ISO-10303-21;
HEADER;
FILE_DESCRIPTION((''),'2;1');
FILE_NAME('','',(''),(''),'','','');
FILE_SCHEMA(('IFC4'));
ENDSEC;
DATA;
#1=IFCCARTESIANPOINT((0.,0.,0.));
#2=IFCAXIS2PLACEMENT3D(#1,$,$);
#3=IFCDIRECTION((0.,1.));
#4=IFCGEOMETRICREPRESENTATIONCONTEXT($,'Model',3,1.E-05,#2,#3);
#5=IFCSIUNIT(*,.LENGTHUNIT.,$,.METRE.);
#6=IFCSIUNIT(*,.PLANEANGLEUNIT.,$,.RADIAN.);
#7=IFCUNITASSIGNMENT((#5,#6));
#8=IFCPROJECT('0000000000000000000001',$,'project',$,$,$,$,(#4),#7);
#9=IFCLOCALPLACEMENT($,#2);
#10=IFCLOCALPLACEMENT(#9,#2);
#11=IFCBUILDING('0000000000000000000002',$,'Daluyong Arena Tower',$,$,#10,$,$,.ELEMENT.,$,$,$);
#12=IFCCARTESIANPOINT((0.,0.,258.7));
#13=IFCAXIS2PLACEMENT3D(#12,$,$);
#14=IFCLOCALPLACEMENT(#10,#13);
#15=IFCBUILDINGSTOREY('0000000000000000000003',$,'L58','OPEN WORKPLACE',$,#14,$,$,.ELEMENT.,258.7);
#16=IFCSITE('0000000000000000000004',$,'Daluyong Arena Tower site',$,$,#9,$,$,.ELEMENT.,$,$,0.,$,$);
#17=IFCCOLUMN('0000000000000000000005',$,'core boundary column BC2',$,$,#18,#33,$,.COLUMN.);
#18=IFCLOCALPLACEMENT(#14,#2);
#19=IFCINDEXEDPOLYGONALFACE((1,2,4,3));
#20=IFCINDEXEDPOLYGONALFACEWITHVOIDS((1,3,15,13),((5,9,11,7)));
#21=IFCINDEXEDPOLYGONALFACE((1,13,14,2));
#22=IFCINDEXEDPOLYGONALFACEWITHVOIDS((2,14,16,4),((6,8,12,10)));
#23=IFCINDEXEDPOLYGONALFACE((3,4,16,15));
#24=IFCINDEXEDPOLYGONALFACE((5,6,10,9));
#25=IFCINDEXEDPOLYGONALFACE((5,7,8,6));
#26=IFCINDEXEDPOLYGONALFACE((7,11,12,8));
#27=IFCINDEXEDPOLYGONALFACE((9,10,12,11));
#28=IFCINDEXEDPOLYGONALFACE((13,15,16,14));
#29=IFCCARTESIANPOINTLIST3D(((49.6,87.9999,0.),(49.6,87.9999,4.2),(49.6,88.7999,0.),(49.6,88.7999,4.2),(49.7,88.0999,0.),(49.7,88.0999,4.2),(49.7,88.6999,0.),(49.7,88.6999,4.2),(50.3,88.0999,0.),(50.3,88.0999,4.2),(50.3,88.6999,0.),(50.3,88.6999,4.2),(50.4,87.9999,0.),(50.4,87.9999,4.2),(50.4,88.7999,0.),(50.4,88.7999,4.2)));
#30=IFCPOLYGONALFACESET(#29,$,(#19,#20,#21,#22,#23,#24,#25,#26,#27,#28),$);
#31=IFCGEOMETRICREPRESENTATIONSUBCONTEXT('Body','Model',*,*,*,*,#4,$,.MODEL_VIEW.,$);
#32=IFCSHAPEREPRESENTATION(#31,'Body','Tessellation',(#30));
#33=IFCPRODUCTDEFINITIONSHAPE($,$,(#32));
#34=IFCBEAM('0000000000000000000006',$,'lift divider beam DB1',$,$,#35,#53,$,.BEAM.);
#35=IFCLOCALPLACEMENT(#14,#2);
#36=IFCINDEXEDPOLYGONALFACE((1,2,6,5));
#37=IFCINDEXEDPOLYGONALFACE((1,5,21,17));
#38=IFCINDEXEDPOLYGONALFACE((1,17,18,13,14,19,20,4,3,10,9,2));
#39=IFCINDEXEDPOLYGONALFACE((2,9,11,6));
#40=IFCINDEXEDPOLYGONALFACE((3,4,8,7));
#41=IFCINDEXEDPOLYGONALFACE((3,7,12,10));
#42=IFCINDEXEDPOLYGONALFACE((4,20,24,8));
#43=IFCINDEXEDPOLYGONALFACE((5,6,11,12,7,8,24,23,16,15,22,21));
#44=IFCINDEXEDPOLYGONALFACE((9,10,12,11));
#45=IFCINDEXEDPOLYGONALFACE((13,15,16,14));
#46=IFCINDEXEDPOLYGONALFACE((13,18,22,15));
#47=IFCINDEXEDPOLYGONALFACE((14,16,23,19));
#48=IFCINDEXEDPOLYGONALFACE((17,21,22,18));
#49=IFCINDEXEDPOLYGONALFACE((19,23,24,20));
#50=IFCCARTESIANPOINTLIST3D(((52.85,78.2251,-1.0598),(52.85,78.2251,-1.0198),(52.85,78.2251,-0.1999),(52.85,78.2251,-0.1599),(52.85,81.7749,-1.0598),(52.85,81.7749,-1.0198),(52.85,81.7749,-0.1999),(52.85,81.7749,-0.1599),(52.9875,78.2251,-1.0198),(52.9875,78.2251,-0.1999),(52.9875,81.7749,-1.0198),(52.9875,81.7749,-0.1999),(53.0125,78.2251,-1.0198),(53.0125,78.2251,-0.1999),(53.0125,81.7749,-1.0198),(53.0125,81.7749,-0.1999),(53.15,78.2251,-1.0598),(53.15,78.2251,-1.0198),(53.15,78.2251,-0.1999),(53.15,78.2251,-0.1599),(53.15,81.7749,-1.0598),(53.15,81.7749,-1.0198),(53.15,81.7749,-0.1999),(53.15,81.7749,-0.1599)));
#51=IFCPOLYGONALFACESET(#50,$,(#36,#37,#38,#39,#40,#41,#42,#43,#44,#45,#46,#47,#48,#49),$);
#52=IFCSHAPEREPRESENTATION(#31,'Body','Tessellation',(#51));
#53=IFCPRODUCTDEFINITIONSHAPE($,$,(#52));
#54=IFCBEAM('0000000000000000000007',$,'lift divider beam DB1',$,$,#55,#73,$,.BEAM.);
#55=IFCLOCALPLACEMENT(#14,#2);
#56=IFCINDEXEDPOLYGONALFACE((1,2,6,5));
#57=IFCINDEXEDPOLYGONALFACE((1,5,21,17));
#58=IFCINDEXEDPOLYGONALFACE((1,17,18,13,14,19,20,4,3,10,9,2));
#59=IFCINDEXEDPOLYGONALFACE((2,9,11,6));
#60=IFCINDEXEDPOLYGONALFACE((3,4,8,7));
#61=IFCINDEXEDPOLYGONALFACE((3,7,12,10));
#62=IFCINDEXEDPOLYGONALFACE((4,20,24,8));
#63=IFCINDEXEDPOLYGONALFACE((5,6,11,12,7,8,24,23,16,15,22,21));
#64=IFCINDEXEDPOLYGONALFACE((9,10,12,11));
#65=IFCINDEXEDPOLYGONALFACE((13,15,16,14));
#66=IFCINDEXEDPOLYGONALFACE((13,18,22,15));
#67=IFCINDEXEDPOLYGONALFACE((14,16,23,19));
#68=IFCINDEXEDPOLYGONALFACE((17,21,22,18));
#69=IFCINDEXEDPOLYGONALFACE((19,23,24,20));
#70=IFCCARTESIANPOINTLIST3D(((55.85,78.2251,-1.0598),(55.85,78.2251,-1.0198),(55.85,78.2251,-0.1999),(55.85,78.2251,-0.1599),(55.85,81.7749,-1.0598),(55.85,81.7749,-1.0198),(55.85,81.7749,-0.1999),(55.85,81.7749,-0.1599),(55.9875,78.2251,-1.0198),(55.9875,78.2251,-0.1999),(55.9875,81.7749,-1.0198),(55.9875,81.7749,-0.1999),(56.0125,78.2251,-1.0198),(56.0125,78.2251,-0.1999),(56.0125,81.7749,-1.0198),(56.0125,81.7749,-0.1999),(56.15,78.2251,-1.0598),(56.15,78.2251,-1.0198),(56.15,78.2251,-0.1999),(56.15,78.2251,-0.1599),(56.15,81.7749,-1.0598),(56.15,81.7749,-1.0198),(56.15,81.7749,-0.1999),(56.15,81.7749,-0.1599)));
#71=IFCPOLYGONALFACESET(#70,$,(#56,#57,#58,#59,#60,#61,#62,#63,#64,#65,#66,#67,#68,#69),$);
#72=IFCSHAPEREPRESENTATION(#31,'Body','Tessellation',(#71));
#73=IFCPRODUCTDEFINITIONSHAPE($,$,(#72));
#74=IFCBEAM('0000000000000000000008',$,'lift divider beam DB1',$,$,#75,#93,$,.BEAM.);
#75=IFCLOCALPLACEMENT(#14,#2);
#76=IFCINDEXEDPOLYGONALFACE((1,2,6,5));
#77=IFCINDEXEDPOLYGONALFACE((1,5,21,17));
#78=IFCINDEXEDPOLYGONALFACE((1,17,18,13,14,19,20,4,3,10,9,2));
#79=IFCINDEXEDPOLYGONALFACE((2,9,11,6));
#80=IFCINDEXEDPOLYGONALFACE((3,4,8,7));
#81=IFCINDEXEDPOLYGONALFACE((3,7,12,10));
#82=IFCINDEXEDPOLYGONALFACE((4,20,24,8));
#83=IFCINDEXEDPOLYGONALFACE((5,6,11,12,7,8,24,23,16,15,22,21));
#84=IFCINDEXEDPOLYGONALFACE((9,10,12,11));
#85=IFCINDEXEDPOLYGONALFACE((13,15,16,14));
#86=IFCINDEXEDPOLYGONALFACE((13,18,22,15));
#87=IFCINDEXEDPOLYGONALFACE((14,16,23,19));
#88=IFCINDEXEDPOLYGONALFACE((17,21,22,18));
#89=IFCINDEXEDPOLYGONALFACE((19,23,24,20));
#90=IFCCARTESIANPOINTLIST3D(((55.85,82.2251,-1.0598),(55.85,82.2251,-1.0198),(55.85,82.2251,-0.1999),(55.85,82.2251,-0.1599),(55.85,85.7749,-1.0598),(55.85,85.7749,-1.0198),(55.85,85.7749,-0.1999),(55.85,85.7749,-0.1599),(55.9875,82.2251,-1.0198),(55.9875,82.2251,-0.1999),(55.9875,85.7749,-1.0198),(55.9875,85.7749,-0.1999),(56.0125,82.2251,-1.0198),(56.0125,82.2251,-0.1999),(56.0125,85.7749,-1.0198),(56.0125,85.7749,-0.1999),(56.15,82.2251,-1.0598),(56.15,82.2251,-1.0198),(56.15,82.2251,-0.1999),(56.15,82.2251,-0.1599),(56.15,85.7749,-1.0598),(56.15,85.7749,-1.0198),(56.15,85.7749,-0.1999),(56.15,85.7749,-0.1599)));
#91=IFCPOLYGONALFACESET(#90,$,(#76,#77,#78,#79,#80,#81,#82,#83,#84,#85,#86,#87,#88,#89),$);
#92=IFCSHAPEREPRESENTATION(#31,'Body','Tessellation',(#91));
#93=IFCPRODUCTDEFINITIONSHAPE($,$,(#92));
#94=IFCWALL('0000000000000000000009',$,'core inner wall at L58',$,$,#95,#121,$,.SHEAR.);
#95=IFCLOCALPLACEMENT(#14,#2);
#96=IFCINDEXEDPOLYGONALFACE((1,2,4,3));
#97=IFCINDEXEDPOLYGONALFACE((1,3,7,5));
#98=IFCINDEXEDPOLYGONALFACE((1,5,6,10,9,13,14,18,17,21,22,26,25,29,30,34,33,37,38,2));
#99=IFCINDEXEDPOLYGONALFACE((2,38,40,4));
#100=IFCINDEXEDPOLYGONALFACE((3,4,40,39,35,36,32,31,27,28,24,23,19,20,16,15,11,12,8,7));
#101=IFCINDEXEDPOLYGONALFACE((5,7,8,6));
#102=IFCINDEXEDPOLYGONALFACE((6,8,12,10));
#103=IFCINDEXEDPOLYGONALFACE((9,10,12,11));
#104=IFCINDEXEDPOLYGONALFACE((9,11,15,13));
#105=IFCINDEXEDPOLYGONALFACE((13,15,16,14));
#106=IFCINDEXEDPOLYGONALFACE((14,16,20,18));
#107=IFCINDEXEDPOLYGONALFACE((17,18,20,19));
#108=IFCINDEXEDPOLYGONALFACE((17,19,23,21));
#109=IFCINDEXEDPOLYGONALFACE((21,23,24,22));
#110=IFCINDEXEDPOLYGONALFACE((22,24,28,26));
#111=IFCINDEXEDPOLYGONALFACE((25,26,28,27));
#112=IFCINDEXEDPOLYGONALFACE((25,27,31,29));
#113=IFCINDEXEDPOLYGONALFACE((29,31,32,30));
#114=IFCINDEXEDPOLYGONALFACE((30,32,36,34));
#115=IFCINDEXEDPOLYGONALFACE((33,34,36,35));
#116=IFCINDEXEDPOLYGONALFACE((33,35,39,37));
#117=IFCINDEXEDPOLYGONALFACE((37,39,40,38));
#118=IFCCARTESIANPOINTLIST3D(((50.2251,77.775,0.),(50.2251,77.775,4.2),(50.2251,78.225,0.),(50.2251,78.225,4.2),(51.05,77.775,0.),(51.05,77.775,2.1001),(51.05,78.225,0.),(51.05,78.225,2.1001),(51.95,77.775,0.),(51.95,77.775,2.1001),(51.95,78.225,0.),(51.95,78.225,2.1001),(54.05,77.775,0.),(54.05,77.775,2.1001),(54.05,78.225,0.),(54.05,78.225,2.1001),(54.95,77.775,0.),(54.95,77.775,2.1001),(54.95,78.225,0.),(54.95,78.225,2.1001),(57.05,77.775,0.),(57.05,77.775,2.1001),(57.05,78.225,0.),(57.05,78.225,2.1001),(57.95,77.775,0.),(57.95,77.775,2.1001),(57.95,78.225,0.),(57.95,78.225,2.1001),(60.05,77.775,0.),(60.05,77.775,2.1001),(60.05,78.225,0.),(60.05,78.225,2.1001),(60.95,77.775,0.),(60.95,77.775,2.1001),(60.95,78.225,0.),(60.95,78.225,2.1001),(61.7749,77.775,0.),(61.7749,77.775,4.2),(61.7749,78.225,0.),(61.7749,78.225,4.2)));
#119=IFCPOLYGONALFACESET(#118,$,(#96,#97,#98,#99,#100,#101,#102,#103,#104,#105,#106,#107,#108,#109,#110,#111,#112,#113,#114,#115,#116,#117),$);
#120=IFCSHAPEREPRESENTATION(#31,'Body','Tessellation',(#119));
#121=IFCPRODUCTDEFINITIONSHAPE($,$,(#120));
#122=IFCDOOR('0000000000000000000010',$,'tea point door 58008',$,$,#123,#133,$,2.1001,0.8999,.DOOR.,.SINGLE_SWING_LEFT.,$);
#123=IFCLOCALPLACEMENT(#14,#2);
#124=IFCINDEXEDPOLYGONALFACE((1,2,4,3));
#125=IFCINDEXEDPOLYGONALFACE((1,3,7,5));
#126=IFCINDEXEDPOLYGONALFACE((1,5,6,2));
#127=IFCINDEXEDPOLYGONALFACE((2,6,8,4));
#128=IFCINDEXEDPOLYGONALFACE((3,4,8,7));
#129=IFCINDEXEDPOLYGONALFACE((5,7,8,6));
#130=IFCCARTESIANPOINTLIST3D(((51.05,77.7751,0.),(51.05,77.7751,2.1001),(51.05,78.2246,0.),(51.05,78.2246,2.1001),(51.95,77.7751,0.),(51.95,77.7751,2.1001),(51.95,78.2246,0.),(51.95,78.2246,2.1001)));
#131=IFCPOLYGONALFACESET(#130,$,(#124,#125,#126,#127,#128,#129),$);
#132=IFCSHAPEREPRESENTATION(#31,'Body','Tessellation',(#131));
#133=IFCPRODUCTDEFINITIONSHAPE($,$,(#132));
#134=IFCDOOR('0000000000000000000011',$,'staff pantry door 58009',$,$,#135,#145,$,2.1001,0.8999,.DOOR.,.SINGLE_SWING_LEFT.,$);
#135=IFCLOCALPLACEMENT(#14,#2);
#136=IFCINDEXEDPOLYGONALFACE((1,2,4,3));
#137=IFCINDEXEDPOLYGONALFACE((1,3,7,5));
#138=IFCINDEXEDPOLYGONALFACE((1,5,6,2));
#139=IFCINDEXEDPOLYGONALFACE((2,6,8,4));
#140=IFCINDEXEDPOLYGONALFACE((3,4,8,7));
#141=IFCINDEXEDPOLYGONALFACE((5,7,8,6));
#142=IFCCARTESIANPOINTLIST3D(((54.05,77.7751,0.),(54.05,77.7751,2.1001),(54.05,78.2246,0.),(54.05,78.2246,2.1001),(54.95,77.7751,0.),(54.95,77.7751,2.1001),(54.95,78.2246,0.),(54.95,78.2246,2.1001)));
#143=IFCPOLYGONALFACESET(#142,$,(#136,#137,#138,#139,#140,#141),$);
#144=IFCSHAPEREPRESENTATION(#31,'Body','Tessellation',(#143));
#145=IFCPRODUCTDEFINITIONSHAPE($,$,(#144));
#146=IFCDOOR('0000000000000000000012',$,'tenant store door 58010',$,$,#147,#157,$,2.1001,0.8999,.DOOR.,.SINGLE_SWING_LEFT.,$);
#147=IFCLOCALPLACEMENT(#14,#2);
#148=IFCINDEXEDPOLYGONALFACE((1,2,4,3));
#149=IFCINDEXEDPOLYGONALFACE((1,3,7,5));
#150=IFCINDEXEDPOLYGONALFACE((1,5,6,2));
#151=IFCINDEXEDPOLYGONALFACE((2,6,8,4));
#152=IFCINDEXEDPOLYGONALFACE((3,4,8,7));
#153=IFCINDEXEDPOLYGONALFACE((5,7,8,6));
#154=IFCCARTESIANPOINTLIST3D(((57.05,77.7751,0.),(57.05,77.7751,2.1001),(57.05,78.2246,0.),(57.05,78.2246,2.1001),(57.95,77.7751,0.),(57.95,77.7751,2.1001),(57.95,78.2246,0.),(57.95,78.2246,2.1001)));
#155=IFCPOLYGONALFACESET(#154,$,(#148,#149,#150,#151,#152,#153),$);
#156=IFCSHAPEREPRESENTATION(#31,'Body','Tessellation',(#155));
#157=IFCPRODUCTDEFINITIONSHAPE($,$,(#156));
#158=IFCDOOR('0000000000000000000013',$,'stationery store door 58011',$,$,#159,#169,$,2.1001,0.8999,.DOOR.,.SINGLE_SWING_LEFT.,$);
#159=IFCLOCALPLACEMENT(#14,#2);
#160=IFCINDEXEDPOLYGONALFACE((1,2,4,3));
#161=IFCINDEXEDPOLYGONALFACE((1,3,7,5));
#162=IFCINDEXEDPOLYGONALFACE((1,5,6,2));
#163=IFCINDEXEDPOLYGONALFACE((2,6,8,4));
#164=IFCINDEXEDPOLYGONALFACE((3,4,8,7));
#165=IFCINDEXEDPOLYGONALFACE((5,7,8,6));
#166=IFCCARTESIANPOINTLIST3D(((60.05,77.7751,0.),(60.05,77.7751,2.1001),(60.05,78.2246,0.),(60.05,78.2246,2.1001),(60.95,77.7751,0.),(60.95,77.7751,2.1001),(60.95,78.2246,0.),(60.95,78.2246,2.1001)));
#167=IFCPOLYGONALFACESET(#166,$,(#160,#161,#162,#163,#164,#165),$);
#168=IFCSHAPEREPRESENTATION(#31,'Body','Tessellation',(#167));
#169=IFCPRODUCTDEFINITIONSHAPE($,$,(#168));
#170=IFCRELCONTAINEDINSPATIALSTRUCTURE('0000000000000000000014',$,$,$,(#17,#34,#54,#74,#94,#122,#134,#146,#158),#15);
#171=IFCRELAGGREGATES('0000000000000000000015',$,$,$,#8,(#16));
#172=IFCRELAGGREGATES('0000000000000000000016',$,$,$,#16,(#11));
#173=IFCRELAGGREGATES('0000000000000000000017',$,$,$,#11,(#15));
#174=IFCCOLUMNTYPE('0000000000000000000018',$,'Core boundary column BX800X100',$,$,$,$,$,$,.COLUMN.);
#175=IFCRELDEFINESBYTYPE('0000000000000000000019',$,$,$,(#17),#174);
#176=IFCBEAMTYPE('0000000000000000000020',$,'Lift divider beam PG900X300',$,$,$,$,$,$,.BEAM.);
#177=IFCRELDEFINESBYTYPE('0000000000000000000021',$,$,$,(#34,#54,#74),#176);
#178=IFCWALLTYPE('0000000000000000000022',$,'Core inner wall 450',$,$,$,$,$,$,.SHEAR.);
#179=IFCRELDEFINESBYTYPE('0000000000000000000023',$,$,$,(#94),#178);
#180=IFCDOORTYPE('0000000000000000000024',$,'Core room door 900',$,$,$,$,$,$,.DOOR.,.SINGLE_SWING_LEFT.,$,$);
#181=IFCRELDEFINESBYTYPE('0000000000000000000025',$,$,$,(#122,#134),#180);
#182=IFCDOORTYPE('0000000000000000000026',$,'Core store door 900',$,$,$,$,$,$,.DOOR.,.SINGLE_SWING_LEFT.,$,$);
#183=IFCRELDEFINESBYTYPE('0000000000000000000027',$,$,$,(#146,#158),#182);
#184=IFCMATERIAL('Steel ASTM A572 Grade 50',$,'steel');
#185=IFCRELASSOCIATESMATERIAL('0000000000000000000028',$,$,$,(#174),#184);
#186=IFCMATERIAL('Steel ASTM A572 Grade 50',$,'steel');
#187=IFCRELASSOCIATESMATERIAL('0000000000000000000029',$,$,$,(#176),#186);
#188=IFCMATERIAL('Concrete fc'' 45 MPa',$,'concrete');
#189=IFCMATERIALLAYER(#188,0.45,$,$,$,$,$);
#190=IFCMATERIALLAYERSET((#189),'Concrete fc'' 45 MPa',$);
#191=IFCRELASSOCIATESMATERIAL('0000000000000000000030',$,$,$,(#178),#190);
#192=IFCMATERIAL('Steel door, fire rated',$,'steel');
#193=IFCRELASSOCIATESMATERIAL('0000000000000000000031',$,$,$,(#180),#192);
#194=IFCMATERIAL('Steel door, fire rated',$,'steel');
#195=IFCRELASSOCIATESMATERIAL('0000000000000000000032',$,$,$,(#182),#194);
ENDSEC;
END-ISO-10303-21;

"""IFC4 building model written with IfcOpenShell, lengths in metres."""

from ifc_helpers import new_model, si_unit, direction, frame, frame_2d, origin, origin_2d, place, context, subcontext, project, spatial, rectangle, hollow_rectangle, i_section, extrude, material, layer, layer_set, material_profile, profile_set, type_object, element, fill, save


model = new_model("IFC4")

# Units and contexts
model_context = context("Model", 3, precision=1e-05, world=origin(), true_north=direction((0.0, 1.0)))
body_context = subcontext(model_context, "Body", "Model", "MODEL_VIEW")
ifc_project = project(units=[si_unit("LENGTHUNIT", "METRE"), si_unit("PLANEANGLEUNIT", "RADIAN")], contexts=[model_context])

# Site, building, storey
site_placement = place(None, origin())
site = spatial("IfcSite", under=ifc_project, at=site_placement, Name="Daluyong Arena Tower site", CompositionType="ELEMENT", RefElevation=0.0)
building_placement = place(site_placement, origin())
building = spatial("IfcBuilding", under=site, at=building_placement, Name="Daluyong Arena Tower", CompositionType="ELEMENT")
storey_placement = place(building_placement, frame((0.0, 0.0, 258.7)))
storey = spatial("IfcBuildingStorey", under=building, at=storey_placement, Name="L58", Description="OPEN WORKPLACE", CompositionType="ELEMENT", Elevation=258.7)

# Column
ifc_material_1 = material(Name="Steel ASTM A572 Grade 50", Category="steel")
ifc_material_profile_1 = material_profile(ifc_material_1, hollow_rectangle(XDim=0.8, YDim=0.8, WallThickness=0.1, at=origin_2d()))
ifc_profile_set_1 = profile_set([ifc_material_profile_1], Name="Steel ASTM A572 Grade 50")
column_type = type_object("IfcColumnType", Name="Core boundary column BX800X100", PredefinedType="COLUMN", material=ifc_profile_set_1)
column_placement = place(storey_placement, frame((50.0, 88.3999, 0.0), z_axis=(0.0, 0.0, 1.0), x_axis=(1.0, 0.0, 0.0)))
element("IfcColumn", 1, at=column_placement, inside=storey, type_object=column_type, Name="core boundary column BC2", PredefinedType="COLUMN", context=body_context, shape_type="SweptSolid", body=[
    extrude(hollow_rectangle(XDim=0.8, YDim=0.8, WallThickness=0.1, at=origin_2d()), origin(), (0.0, 0.0, 1.0), 4.2),
])

# Beams
ifc_material_2 = material(Name="Steel ASTM A572 Grade 50", Category="steel")
ifc_material_profile_2 = material_profile(ifc_material_2, i_section(OverallWidth=0.3, OverallDepth=0.8999, WebThickness=0.025, FlangeThickness=0.04, at=origin_2d()))
ifc_profile_set_2 = profile_set([ifc_material_profile_2], Name="Steel ASTM A572 Grade 50")
beam_type = type_object("IfcBeamType", Name="Lift divider beam PG900X300", PredefinedType="BEAM", material=ifc_profile_set_2)
for number, where, z_axis, x_axis, name in (
    (2, (53.0, 78.2251, -0.6099), (0.0, 1.0, 0.0), (-1.0, 0.0, 0.0), "lift divider beam DB1"),
    (3, (56.0, 78.2251, -0.6099), (0.0, 1.0, 0.0), (-1.0, 0.0, 0.0), "lift divider beam DB1"),
    (4, (56.0, 82.2251, -0.6099), (0.0, 1.0, 0.0), (-1.0, 0.0, 0.0), "lift divider beam DB1"),
):
    element("IfcBeam", number, at=place(storey_placement, frame(where, z_axis=z_axis, x_axis=x_axis)), inside=storey, type_object=beam_type, Name=name, PredefinedType="BEAM", context=body_context, shape_type="SweptSolid", body=[
        extrude(i_section(OverallWidth=0.3, OverallDepth=0.8999, WebThickness=0.025, FlangeThickness=0.04, at=origin_2d()), origin(), (0.0, 0.0, 1.0), 3.5498),
    ])

# Wall, openings, doors
ifc_material_3 = material(Name="Concrete fc' 45 MPa", Category="concrete")
ifc_layer_1 = layer(ifc_material_3, 0.45)
ifc_layer_set_1 = layer_set([ifc_layer_1], Name="Concrete fc' 45 MPa")
wall_type_1 = type_object("IfcWallType", Name="Core inner wall 450", PredefinedType="SHEAR", material=ifc_layer_set_1)
wall_1_placement = place(storey_placement, frame((50.2251, 78.0, 0.0), z_axis=(0.0, 0.0, 1.0), x_axis=(1.0, 0.0, 0.0)))
wall_1 = element("IfcWall", 5, at=wall_1_placement, inside=storey, type_object=wall_type_1, Name="core inner wall at L58", PredefinedType="SHEAR", context=body_context, shape_type="SweptSolid", body=[
    extrude(rectangle(XDim=11.5498, YDim=0.45, at=frame_2d((5.7749, 0.0))), origin(), (0.0, 0.0, 1.0), 4.2),
])
opening_1_placement = place(wall_1_placement, frame((0.825, 0.0, 0.0)))
opening_1 = element("IfcOpeningElement", 6, at=opening_1_placement, cuts=wall_1, PredefinedType="OPENING", context=body_context, shape_type="SweptSolid", body=[
    extrude(rectangle(XDim=0.8999, YDim=2.1001, at=frame_2d((0.45, 1.05))), frame((0.0, 0.2349, 0.0), z_axis=(0.0, -1.0, 0.0), x_axis=(1.0, 0.0, 0.0)), (0.0, 0.0, 1.0), 0.47),
])
opening_2_placement = place(wall_1_placement, frame((3.825, 0.0, 0.0)))
opening_2 = element("IfcOpeningElement", 7, at=opening_2_placement, cuts=wall_1, PredefinedType="OPENING", context=body_context, shape_type="SweptSolid", body=[
    extrude(rectangle(XDim=0.8999, YDim=2.1001, at=frame_2d((0.45, 1.05))), frame((0.0, 0.2349, 0.0), z_axis=(0.0, -1.0, 0.0), x_axis=(1.0, 0.0, 0.0)), (0.0, 0.0, 1.0), 0.47),
])
opening_3_placement = place(wall_1_placement, frame((6.825, 0.0, 0.0)))
opening_3 = element("IfcOpeningElement", 8, at=opening_3_placement, cuts=wall_1, PredefinedType="OPENING", context=body_context, shape_type="SweptSolid", body=[
    extrude(rectangle(XDim=0.8999, YDim=2.1001, at=frame_2d((0.45, 1.05))), frame((0.0, 0.2349, 0.0), z_axis=(0.0, -1.0, 0.0), x_axis=(1.0, 0.0, 0.0)), (0.0, 0.0, 1.0), 0.47),
])
opening_4_placement = place(wall_1_placement, frame((9.825, 0.0, 0.0)))
opening_4 = element("IfcOpeningElement", 9, at=opening_4_placement, cuts=wall_1, PredefinedType="OPENING", context=body_context, shape_type="SweptSolid", body=[
    extrude(rectangle(XDim=0.8999, YDim=2.1001, at=frame_2d((0.45, 1.05))), frame((0.0, 0.2349, 0.0), z_axis=(0.0, -1.0, 0.0), x_axis=(1.0, 0.0, 0.0)), (0.0, 0.0, 1.0), 0.47),
])
ifc_material_4 = material(Name="Steel door, fire rated", Category="steel")
door_type_1 = type_object("IfcDoorType", Name="Core room door 900", OperationType="SINGLE_SWING_LEFT", PredefinedType="DOOR", material=ifc_material_4)
door_1_placement = place(opening_1_placement, origin())
door_1 = element("IfcDoor", 10, at=door_1_placement, inside=storey, type_object=door_type_1, Name="tea point door 58008", OperationType="SINGLE_SWING_LEFT", OverallHeight=2.1001, OverallWidth=0.8999, PredefinedType="DOOR", context=body_context, shape_type="SweptSolid", body=[
    extrude(rectangle(XDim=0.8999, YDim=2.1001, at=frame_2d((0.45, 1.05))), frame((0.0, 0.2246, 0.0), z_axis=(0.0, -1.0, 0.0), x_axis=(1.0, 0.0, 0.0)), (0.0, 0.0, 1.0), 0.4495),
])
fill(opening_1, door_1)
door_2_placement = place(opening_2_placement, origin())
door_2 = element("IfcDoor", 11, at=door_2_placement, inside=storey, type_object=door_type_1, Name="staff pantry door 58009", OperationType="SINGLE_SWING_LEFT", OverallHeight=2.1001, OverallWidth=0.8999, PredefinedType="DOOR", context=body_context, shape_type="SweptSolid", body=[
    extrude(rectangle(XDim=0.8999, YDim=2.1001, at=frame_2d((0.45, 1.05))), frame((0.0, 0.2246, 0.0), z_axis=(0.0, -1.0, 0.0), x_axis=(1.0, 0.0, 0.0)), (0.0, 0.0, 1.0), 0.4495),
])
fill(opening_2, door_2)
ifc_material_5 = material(Name="Steel door, fire rated", Category="steel")
door_type_2 = type_object("IfcDoorType", Name="Core store door 900", OperationType="SINGLE_SWING_LEFT", PredefinedType="DOOR", material=ifc_material_5)
door_3_placement = place(opening_3_placement, origin())
door_3 = element("IfcDoor", 12, at=door_3_placement, inside=storey, type_object=door_type_2, Name="tenant store door 58010", OperationType="SINGLE_SWING_LEFT", OverallHeight=2.1001, OverallWidth=0.8999, PredefinedType="DOOR", context=body_context, shape_type="SweptSolid", body=[
    extrude(rectangle(XDim=0.8999, YDim=2.1001, at=frame_2d((0.45, 1.05))), frame((0.0, 0.2246, 0.0), z_axis=(0.0, -1.0, 0.0), x_axis=(1.0, 0.0, 0.0)), (0.0, 0.0, 1.0), 0.4495),
])
fill(opening_3, door_3)
door_4_placement = place(opening_4_placement, origin())
door_4 = element("IfcDoor", 13, at=door_4_placement, inside=storey, type_object=door_type_2, Name="stationery store door 58011", OperationType="SINGLE_SWING_LEFT", OverallHeight=2.1001, OverallWidth=0.8999, PredefinedType="DOOR", context=body_context, shape_type="SweptSolid", body=[
    extrude(rectangle(XDim=0.8999, YDim=2.1001, at=frame_2d((0.45, 1.05))), frame((0.0, 0.2246, 0.0), z_axis=(0.0, -1.0, 0.0), x_axis=(1.0, 0.0, 0.0)), (0.0, 0.0, 1.0), 0.4495),
])
fill(opening_4, door_4)

save(model, "model.ifc")
